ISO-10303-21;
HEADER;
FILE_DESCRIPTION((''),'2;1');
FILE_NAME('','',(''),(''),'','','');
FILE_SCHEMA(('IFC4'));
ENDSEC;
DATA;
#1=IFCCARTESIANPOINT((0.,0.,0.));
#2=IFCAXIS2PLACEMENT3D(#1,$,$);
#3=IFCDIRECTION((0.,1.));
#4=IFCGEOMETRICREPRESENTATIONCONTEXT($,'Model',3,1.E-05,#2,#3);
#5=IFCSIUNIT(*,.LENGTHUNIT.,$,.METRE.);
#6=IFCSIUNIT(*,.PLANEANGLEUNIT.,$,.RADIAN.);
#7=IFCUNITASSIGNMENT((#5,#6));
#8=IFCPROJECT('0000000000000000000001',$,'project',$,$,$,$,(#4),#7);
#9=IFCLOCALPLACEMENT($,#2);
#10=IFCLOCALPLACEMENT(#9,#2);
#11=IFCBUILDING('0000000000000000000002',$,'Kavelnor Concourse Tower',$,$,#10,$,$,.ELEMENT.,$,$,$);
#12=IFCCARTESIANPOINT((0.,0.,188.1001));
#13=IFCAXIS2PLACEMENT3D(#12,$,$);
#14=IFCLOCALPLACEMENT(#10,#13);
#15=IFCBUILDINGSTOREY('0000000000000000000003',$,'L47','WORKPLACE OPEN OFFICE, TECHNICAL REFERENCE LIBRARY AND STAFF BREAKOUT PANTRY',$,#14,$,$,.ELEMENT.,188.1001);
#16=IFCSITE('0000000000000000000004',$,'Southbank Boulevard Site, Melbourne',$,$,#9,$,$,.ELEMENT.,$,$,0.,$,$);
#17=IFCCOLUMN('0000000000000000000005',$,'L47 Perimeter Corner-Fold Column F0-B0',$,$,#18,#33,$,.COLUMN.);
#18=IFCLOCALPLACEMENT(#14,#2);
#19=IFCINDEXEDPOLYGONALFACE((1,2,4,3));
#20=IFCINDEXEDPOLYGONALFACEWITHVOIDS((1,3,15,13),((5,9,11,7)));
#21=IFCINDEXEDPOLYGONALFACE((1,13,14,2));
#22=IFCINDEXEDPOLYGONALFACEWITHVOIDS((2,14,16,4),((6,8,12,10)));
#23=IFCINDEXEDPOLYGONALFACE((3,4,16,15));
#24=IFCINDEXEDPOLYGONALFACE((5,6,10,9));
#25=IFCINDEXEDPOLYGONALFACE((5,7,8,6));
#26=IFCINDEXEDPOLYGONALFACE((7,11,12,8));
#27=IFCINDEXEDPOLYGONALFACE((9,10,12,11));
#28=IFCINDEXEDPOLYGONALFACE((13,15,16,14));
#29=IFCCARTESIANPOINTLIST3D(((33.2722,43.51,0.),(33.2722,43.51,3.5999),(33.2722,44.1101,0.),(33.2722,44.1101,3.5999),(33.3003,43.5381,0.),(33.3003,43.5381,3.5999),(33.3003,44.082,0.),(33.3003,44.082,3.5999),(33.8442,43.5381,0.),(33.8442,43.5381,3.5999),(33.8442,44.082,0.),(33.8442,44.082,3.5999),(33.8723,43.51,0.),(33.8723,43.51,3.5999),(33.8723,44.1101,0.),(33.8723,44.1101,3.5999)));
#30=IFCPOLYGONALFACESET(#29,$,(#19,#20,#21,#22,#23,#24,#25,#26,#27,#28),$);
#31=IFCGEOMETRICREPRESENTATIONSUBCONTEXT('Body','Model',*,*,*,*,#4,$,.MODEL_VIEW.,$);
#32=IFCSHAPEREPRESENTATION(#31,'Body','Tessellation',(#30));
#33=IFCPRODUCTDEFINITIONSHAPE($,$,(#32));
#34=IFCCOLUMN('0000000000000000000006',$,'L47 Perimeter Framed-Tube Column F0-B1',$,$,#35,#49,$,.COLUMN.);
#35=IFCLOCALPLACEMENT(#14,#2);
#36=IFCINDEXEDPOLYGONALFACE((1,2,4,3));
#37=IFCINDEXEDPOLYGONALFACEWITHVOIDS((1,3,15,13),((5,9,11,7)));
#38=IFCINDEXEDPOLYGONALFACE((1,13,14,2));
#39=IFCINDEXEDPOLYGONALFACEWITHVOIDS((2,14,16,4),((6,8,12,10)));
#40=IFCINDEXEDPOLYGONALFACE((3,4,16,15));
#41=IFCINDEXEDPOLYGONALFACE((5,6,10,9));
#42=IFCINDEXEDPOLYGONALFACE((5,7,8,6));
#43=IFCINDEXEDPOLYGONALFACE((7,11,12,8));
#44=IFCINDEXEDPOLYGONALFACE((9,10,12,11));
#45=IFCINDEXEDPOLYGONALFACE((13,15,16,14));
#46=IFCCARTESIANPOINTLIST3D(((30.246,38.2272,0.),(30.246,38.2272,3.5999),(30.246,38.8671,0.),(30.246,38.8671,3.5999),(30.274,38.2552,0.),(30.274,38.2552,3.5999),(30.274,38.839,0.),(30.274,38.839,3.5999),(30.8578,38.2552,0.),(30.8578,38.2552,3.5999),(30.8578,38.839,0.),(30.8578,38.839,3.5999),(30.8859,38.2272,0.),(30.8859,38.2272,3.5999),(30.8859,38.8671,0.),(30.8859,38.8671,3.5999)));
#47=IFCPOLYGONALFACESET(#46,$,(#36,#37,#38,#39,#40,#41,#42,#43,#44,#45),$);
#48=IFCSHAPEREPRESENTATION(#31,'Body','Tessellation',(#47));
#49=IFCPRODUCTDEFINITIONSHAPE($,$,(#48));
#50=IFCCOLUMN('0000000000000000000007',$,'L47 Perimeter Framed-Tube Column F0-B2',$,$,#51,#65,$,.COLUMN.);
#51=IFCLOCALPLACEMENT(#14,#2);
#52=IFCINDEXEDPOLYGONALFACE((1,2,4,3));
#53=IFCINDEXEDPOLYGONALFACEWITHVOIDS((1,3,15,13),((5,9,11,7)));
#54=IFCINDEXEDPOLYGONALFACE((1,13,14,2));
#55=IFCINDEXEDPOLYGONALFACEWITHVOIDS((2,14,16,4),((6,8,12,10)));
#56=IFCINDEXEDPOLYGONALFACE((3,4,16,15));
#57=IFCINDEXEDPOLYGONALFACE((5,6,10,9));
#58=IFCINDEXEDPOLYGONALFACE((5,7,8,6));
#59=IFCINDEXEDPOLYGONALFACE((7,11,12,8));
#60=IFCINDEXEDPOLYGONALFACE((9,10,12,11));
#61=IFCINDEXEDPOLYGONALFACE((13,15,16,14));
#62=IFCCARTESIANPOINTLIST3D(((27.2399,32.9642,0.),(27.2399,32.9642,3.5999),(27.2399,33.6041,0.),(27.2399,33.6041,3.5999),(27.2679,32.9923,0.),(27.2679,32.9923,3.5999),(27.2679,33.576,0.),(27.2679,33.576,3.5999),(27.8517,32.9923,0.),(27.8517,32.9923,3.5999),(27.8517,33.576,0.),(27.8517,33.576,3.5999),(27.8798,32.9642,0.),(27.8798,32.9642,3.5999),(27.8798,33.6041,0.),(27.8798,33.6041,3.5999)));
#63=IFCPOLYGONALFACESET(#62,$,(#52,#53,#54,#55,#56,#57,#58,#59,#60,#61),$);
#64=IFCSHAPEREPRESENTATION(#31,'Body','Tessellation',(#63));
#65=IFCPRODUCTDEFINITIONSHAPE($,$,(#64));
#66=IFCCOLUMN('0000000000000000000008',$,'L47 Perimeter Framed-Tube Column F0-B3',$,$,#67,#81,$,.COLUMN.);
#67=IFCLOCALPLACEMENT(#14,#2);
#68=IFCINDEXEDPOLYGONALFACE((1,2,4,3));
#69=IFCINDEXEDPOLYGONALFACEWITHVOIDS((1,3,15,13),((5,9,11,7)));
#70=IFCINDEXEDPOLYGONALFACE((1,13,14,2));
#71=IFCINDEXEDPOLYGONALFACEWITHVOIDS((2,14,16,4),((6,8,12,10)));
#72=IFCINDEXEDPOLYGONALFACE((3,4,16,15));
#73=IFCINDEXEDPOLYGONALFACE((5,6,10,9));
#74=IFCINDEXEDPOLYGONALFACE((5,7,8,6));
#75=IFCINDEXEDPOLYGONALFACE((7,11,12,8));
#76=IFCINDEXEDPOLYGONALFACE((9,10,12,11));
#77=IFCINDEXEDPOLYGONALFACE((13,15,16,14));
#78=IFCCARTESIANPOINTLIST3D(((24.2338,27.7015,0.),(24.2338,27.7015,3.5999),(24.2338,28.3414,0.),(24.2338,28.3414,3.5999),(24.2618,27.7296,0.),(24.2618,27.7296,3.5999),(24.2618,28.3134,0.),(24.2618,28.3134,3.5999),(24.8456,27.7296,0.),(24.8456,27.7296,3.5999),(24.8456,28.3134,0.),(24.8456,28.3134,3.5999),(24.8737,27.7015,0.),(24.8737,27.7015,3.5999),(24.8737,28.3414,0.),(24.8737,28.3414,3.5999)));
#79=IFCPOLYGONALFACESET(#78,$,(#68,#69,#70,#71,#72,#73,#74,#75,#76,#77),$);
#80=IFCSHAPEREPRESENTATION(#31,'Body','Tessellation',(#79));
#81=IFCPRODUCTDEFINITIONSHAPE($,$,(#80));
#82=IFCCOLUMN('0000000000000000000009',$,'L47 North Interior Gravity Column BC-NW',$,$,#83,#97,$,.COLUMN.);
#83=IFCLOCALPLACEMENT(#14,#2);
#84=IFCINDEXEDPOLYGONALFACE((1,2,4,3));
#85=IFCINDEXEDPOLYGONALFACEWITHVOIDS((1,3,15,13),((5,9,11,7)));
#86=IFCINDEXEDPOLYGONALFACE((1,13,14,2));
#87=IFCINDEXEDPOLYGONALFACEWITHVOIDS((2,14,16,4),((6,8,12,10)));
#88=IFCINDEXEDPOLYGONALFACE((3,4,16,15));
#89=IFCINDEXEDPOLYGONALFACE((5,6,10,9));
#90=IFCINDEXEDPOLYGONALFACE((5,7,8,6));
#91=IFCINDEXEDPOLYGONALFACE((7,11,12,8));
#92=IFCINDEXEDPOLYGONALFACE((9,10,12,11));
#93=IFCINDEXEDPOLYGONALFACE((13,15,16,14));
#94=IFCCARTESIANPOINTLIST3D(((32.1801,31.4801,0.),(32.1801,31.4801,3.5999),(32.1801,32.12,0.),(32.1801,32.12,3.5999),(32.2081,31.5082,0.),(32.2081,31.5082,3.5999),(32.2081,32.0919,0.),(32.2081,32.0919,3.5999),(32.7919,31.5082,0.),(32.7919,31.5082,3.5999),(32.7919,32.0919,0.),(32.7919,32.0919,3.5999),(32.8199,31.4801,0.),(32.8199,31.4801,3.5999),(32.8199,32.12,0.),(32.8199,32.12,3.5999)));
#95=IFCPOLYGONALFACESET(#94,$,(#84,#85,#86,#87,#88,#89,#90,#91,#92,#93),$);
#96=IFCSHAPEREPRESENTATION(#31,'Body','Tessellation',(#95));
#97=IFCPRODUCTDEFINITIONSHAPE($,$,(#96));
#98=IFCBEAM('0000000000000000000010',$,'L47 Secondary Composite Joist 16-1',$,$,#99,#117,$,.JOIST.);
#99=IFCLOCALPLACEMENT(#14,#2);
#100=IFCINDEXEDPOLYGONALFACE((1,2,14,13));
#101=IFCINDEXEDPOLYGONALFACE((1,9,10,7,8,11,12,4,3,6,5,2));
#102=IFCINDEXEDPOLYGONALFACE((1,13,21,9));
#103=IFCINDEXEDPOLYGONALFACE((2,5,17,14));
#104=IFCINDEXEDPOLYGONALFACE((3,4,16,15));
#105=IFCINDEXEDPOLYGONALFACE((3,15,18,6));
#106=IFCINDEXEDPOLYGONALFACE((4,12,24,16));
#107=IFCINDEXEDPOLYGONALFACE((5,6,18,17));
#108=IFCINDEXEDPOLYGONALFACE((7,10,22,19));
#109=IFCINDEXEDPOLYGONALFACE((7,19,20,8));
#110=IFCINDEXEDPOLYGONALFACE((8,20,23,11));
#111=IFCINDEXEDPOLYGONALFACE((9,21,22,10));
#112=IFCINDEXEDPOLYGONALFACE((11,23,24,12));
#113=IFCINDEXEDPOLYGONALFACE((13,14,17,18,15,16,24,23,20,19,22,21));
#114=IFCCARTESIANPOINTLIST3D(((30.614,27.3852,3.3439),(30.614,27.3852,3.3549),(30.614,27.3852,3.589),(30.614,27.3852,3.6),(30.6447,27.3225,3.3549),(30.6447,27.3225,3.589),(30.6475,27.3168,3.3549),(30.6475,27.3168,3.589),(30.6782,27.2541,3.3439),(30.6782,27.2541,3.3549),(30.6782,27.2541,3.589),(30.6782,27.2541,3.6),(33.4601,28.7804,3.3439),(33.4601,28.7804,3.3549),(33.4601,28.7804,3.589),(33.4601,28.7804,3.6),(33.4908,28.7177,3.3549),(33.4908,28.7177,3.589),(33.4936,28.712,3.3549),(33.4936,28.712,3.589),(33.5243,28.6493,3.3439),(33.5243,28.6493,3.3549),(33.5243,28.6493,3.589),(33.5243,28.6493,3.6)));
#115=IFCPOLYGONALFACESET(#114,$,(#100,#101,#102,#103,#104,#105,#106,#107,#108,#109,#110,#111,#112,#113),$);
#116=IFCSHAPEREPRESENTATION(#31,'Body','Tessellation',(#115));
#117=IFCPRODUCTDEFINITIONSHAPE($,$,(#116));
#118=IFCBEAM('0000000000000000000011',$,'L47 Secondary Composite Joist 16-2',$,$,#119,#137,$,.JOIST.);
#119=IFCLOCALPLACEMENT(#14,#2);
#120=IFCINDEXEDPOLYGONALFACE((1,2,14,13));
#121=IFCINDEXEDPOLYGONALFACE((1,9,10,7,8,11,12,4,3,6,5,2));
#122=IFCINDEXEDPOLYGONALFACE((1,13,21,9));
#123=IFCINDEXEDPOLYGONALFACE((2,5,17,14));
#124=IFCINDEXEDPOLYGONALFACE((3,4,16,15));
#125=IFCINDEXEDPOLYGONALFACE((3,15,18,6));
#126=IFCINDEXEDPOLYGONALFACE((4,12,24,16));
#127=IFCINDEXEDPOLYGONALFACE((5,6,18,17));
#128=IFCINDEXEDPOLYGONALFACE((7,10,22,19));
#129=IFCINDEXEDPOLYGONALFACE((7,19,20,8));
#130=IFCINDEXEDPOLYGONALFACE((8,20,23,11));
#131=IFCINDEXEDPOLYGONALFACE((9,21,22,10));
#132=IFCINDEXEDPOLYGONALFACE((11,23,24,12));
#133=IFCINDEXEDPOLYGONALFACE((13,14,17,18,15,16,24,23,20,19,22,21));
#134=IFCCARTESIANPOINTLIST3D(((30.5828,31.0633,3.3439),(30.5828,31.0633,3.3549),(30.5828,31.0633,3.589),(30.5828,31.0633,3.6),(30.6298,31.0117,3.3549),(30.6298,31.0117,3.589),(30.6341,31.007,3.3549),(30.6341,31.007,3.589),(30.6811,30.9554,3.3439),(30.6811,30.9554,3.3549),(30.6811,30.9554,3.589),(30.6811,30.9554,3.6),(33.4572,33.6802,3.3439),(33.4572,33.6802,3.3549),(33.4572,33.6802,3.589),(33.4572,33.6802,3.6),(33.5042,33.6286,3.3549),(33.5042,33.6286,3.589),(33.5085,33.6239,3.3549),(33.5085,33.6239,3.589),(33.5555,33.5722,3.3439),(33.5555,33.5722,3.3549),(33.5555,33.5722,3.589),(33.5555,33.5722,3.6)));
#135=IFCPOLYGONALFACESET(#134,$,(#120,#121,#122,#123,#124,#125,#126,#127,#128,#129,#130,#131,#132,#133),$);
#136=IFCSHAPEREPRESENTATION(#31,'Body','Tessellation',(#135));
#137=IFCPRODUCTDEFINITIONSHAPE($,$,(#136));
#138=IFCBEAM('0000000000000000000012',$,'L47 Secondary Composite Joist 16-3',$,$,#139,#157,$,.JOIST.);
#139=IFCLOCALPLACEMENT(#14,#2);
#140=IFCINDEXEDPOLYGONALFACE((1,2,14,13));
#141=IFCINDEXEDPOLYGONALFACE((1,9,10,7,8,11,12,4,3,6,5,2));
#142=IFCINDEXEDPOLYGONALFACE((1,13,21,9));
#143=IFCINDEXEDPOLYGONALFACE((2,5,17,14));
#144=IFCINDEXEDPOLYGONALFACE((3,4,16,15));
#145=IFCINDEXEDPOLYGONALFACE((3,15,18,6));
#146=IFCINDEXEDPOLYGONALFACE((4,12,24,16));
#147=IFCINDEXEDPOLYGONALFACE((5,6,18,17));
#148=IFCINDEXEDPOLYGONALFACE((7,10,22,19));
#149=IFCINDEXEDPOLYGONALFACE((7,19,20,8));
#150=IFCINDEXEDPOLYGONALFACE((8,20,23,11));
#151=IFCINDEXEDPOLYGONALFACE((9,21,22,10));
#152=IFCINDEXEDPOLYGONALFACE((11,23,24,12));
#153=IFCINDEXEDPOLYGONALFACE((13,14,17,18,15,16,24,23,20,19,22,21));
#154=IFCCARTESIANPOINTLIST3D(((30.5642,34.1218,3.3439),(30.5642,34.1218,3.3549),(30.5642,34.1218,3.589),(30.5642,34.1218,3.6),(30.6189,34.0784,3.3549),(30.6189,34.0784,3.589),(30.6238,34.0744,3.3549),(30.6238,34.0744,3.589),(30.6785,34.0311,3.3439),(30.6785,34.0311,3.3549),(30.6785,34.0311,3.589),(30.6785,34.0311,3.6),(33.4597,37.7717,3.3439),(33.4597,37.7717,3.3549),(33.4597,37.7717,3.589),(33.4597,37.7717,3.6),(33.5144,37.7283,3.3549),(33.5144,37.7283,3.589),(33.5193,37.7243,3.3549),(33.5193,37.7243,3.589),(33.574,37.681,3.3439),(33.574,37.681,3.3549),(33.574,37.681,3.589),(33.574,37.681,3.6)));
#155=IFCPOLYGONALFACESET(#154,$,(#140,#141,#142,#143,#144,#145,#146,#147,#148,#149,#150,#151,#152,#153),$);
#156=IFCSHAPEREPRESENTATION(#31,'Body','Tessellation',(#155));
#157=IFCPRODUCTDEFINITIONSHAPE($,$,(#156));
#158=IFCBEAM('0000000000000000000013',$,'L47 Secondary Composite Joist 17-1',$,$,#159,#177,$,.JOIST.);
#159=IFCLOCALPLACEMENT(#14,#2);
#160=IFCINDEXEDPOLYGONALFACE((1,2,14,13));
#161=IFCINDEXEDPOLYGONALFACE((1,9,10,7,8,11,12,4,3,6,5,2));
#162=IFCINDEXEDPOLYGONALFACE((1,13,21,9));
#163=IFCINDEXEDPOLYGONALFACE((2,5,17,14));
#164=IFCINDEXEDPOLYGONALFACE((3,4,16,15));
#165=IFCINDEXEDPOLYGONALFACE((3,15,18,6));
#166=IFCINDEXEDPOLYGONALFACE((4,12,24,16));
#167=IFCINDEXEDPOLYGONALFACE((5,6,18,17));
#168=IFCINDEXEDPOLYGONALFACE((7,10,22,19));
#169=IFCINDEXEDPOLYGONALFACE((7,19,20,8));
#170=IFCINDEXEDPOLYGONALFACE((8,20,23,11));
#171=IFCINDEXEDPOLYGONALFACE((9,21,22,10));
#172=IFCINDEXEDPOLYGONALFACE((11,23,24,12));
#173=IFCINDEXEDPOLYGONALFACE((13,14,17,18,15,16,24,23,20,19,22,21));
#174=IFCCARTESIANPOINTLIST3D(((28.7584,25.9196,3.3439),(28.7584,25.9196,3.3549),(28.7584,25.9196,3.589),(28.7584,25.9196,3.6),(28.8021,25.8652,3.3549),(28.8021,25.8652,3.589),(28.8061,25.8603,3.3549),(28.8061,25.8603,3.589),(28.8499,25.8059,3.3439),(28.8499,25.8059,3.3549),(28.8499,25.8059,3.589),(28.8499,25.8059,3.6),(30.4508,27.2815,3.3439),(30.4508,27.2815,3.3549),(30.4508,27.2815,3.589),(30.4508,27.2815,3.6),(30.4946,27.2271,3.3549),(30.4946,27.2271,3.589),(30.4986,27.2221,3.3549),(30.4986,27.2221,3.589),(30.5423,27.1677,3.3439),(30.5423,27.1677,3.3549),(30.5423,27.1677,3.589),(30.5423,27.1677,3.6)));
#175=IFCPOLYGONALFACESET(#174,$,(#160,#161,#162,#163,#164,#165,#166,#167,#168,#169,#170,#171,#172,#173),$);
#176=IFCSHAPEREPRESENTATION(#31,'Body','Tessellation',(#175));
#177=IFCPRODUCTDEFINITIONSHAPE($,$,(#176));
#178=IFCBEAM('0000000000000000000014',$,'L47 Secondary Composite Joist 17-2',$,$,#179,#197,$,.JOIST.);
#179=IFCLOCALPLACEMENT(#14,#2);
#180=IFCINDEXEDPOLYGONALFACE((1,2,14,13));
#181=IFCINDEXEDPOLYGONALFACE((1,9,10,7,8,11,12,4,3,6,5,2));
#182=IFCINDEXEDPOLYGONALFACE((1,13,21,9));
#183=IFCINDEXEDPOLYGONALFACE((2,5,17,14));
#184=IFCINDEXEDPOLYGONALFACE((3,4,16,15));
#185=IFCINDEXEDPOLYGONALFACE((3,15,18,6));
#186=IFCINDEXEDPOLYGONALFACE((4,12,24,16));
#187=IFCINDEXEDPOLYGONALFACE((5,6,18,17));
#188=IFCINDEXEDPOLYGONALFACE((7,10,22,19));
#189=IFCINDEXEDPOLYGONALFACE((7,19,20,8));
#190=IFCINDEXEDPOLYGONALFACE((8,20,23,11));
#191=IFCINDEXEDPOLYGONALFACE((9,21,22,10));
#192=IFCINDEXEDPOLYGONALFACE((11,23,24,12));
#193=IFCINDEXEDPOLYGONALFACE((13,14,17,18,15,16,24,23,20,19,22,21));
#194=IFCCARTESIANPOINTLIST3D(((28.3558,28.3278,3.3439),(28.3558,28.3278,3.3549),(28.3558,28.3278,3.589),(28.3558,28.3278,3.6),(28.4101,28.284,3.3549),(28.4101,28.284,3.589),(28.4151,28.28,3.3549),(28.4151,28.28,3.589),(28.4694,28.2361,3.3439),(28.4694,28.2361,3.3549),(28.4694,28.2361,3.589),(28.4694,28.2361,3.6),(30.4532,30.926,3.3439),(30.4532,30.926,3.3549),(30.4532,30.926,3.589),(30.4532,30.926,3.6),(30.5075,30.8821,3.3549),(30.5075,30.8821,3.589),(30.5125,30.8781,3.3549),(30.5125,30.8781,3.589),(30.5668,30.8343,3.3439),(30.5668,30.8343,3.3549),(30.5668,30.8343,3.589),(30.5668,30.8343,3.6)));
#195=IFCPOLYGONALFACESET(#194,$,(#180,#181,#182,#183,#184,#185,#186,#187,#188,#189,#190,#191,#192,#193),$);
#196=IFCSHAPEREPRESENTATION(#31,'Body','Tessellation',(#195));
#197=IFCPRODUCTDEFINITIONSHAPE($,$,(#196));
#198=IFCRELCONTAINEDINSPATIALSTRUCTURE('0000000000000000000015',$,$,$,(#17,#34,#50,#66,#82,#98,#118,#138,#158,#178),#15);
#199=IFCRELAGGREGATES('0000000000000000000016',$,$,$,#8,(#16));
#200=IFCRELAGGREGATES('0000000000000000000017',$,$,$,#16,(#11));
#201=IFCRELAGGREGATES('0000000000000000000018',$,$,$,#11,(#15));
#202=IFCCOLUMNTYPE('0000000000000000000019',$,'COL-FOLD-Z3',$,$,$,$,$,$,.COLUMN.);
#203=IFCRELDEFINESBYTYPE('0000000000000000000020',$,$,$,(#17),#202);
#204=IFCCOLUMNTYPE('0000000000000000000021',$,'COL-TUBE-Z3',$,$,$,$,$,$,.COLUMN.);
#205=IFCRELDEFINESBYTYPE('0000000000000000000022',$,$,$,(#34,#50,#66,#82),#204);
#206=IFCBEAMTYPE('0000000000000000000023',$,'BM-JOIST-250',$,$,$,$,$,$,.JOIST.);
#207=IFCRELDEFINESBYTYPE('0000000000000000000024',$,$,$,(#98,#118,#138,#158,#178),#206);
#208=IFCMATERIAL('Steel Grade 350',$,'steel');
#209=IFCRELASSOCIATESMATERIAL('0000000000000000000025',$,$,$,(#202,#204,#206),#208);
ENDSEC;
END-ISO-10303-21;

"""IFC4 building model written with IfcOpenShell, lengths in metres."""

from ifc_helpers import new_model, si_unit, direction, frame, origin, origin_2d, place, context, subcontext, project, spatial, hollow_rectangle, i_section, extrude, material, material_profile, profile_set, type_object, element, save


model = new_model("IFC4")

# Units and contexts
model_context = context("Model", 3, precision=1e-05, world=origin(), true_north=direction((0.0, 1.0)))
body_context = subcontext(model_context, "Body", "Model", "MODEL_VIEW")
ifc_project = project(units=[si_unit("LENGTHUNIT", "METRE"), si_unit("PLANEANGLEUNIT", "RADIAN")], contexts=[model_context])

# Site, building, storey
site_placement = place(None, origin())
site = spatial("IfcSite", under=ifc_project, at=site_placement, Name="Southbank Boulevard Site, Melbourne", CompositionType="ELEMENT", RefElevation=0.0)
building_placement = place(site_placement, origin())
building = spatial("IfcBuilding", under=site, at=building_placement, Name="Kavelnor Concourse Tower", CompositionType="ELEMENT")
storey_placement = place(building_placement, frame((0.0, 0.0, 188.1001)))
storey = spatial("IfcBuildingStorey", under=building, at=storey_placement, Name="L47", Description="WORKPLACE OPEN OFFICE, TECHNICAL REFERENCE LIBRARY AND STAFF BREAKOUT PANTRY", CompositionType="ELEMENT", Elevation=188.1001)

# Columns
ifc_material_1 = material(Name="Steel Grade 350", Category="steel")
ifc_material_profile_1 = material_profile(ifc_material_1, hollow_rectangle(XDim=0.6001, YDim=0.6001, WallThickness=0.0281, at=origin_2d()), Name="SHS 600x600x28")
ifc_profile_set_1 = profile_set([ifc_material_profile_1], Name="Steel Grade 350")
column_type_1 = type_object("IfcColumnType", Name="COL-FOLD-Z3", PredefinedType="COLUMN", material=ifc_profile_set_1)
column_placement = place(storey_placement, frame((33.5723, 43.8101, 0.0), z_axis=(0.0, 0.0, 1.0), x_axis=(1.0, 0.0, 0.0)))
element("IfcColumn", 1, at=column_placement, inside=storey, type_object=column_type_1, Name="L47 Perimeter Corner-Fold Column F0-B0", PredefinedType="COLUMN", context=body_context, shape_type="SweptSolid", body=[
    extrude(hollow_rectangle(XDim=0.6001, YDim=0.6001, WallThickness=0.0281, at=origin_2d()), origin(), (0.0, 0.0, 1.0), 3.5999),
])
ifc_material_profile_2 = material_profile(ifc_material_1, hollow_rectangle(XDim=0.6399, YDim=0.6399, WallThickness=0.0281, at=origin_2d()), Name="SHS 640x640x28")
ifc_profile_set_2 = profile_set([ifc_material_profile_2], Name="Steel Grade 350")
column_type_2 = type_object("IfcColumnType", Name="COL-TUBE-Z3", PredefinedType="COLUMN", material=ifc_profile_set_2)
for number, where, z_axis, x_axis, name in (
    (2, (30.5659, 38.5471, 0.0), (0.0, 0.0, 1.0), (1.0, 0.0, 0.0), "L47 Perimeter Framed-Tube Column F0-B1"),
    (3, (27.5598, 33.2842, 0.0), (0.0, 0.0, 1.0), (1.0, 0.0, 0.0), "L47 Perimeter Framed-Tube Column F0-B2"),
    (4, (24.5537, 28.0215, 0.0), (0.0, 0.0, 1.0), (1.0, 0.0, 0.0), "L47 Perimeter Framed-Tube Column F0-B3"),
    (5, (32.5, 31.8, 0.0), (0.0, 0.0, 1.0), (1.0, 0.0, 0.0), "L47 North Interior Gravity Column BC-NW"),
):
    element("IfcColumn", number, at=place(storey_placement, frame(where, z_axis=z_axis, x_axis=x_axis)), inside=storey, type_object=column_type_2, Name=name, PredefinedType="COLUMN", context=body_context, shape_type="SweptSolid", body=[
        extrude(hollow_rectangle(XDim=0.6399, YDim=0.6399, WallThickness=0.0281, at=origin_2d()), origin(), (0.0, 0.0, 1.0), 3.5999),
    ])

# Beams
ifc_material_profile_3 = material_profile(ifc_material_1, i_section(OverallWidth=0.146, OverallDepth=0.2561, WebThickness=0.0063, FlangeThickness=0.011, at=origin_2d()), Name="250UB37")
ifc_profile_set_3 = profile_set([ifc_material_profile_3], Name="Steel Grade 350")
beam_type_1 = type_object("IfcBeamType", Name="BM-JOIST-250", PredefinedType="JOIST", material=ifc_profile_set_3)
beam_1_placement = place(storey_placement, frame((33.4922, 28.7148, 3.4719), z_axis=(-0.897912, -0.440175, 0.0), x_axis=(0.440175, -0.897912, 0.0)))
element("IfcBeam", 6, at=beam_1_placement, inside=storey, type_object=beam_type_1, Name="L47 Secondary Composite Joist 16-1", PredefinedType="JOIST", context=body_context, shape_type="SweptSolid", body=[
    extrude(i_section(OverallWidth=0.146, OverallDepth=0.2561, WebThickness=0.0063, FlangeThickness=0.011, at=origin_2d()), origin(), (0.0, 0.0, 1.0), 3.1697),
])
beam_2_placement = place(storey_placement, frame((33.5063, 33.6262, 3.4719), z_axis=(-0.73946, -0.673201, 0.0), x_axis=(0.673201, -0.73946, 0.0)))
element("IfcBeam", 7, at=beam_2_placement, inside=storey, type_object=beam_type_1, Name="L47 Secondary Composite Joist 16-2", PredefinedType="JOIST", context=body_context, shape_type="SweptSolid", body=[
    extrude(i_section(OverallWidth=0.146, OverallDepth=0.2561, WebThickness=0.0063, FlangeThickness=0.011, at=origin_2d()), origin(), (0.0, 0.0, 1.0), 3.8872),
])
beam_3_placement = place(storey_placement, frame((33.5168, 37.7263, 3.4719), z_axis=(-0.621495, -0.783418, 0.0), x_axis=(0.783418, -0.621495, 0.0)))
element("IfcBeam", 8, at=beam_3_placement, inside=storey, type_object=beam_type_1, Name="L47 Secondary Composite Joist 16-3", PredefinedType="JOIST", context=body_context, shape_type="SweptSolid", body=[
    extrude(i_section(OverallWidth=0.146, OverallDepth=0.2561, WebThickness=0.0063, FlangeThickness=0.011, at=origin_2d()), origin(), (0.0, 0.0, 1.0), 4.6589),
])
beam_4_placement = place(storey_placement, frame((30.4966, 27.2246, 3.4719), z_axis=(-0.779089, -0.626913, 0.0), x_axis=(0.626913, -0.779089, 0.0)))
element("IfcBeam", 9, at=beam_4_placement, inside=storey, type_object=beam_type_1, Name="L47 Secondary Composite Joist 17-1", PredefinedType="JOIST", context=body_context, shape_type="SweptSolid", body=[
    extrude(i_section(OverallWidth=0.146, OverallDepth=0.2561, WebThickness=0.0063, FlangeThickness=0.011, at=origin_2d()), origin(), (0.0, 0.0, 1.0), 2.1724),
])
beam_5_placement = place(storey_placement, frame((30.51, 30.8801, 3.4719), z_axis=(-0.62814, -0.778101, 0.0), x_axis=(0.778101, -0.62814, 0.0)))
element("IfcBeam", 10, at=beam_5_placement, inside=storey, type_object=beam_type_1, Name="L47 Secondary Composite Joist 17-2", PredefinedType="JOIST", context=body_context, shape_type="SweptSolid", body=[
    extrude(i_section(OverallWidth=0.146, OverallDepth=0.2561, WebThickness=0.0063, FlangeThickness=0.011, at=origin_2d()), origin(), (0.0, 0.0, 1.0), 3.3391),
])

save(model, "model.ifc")
